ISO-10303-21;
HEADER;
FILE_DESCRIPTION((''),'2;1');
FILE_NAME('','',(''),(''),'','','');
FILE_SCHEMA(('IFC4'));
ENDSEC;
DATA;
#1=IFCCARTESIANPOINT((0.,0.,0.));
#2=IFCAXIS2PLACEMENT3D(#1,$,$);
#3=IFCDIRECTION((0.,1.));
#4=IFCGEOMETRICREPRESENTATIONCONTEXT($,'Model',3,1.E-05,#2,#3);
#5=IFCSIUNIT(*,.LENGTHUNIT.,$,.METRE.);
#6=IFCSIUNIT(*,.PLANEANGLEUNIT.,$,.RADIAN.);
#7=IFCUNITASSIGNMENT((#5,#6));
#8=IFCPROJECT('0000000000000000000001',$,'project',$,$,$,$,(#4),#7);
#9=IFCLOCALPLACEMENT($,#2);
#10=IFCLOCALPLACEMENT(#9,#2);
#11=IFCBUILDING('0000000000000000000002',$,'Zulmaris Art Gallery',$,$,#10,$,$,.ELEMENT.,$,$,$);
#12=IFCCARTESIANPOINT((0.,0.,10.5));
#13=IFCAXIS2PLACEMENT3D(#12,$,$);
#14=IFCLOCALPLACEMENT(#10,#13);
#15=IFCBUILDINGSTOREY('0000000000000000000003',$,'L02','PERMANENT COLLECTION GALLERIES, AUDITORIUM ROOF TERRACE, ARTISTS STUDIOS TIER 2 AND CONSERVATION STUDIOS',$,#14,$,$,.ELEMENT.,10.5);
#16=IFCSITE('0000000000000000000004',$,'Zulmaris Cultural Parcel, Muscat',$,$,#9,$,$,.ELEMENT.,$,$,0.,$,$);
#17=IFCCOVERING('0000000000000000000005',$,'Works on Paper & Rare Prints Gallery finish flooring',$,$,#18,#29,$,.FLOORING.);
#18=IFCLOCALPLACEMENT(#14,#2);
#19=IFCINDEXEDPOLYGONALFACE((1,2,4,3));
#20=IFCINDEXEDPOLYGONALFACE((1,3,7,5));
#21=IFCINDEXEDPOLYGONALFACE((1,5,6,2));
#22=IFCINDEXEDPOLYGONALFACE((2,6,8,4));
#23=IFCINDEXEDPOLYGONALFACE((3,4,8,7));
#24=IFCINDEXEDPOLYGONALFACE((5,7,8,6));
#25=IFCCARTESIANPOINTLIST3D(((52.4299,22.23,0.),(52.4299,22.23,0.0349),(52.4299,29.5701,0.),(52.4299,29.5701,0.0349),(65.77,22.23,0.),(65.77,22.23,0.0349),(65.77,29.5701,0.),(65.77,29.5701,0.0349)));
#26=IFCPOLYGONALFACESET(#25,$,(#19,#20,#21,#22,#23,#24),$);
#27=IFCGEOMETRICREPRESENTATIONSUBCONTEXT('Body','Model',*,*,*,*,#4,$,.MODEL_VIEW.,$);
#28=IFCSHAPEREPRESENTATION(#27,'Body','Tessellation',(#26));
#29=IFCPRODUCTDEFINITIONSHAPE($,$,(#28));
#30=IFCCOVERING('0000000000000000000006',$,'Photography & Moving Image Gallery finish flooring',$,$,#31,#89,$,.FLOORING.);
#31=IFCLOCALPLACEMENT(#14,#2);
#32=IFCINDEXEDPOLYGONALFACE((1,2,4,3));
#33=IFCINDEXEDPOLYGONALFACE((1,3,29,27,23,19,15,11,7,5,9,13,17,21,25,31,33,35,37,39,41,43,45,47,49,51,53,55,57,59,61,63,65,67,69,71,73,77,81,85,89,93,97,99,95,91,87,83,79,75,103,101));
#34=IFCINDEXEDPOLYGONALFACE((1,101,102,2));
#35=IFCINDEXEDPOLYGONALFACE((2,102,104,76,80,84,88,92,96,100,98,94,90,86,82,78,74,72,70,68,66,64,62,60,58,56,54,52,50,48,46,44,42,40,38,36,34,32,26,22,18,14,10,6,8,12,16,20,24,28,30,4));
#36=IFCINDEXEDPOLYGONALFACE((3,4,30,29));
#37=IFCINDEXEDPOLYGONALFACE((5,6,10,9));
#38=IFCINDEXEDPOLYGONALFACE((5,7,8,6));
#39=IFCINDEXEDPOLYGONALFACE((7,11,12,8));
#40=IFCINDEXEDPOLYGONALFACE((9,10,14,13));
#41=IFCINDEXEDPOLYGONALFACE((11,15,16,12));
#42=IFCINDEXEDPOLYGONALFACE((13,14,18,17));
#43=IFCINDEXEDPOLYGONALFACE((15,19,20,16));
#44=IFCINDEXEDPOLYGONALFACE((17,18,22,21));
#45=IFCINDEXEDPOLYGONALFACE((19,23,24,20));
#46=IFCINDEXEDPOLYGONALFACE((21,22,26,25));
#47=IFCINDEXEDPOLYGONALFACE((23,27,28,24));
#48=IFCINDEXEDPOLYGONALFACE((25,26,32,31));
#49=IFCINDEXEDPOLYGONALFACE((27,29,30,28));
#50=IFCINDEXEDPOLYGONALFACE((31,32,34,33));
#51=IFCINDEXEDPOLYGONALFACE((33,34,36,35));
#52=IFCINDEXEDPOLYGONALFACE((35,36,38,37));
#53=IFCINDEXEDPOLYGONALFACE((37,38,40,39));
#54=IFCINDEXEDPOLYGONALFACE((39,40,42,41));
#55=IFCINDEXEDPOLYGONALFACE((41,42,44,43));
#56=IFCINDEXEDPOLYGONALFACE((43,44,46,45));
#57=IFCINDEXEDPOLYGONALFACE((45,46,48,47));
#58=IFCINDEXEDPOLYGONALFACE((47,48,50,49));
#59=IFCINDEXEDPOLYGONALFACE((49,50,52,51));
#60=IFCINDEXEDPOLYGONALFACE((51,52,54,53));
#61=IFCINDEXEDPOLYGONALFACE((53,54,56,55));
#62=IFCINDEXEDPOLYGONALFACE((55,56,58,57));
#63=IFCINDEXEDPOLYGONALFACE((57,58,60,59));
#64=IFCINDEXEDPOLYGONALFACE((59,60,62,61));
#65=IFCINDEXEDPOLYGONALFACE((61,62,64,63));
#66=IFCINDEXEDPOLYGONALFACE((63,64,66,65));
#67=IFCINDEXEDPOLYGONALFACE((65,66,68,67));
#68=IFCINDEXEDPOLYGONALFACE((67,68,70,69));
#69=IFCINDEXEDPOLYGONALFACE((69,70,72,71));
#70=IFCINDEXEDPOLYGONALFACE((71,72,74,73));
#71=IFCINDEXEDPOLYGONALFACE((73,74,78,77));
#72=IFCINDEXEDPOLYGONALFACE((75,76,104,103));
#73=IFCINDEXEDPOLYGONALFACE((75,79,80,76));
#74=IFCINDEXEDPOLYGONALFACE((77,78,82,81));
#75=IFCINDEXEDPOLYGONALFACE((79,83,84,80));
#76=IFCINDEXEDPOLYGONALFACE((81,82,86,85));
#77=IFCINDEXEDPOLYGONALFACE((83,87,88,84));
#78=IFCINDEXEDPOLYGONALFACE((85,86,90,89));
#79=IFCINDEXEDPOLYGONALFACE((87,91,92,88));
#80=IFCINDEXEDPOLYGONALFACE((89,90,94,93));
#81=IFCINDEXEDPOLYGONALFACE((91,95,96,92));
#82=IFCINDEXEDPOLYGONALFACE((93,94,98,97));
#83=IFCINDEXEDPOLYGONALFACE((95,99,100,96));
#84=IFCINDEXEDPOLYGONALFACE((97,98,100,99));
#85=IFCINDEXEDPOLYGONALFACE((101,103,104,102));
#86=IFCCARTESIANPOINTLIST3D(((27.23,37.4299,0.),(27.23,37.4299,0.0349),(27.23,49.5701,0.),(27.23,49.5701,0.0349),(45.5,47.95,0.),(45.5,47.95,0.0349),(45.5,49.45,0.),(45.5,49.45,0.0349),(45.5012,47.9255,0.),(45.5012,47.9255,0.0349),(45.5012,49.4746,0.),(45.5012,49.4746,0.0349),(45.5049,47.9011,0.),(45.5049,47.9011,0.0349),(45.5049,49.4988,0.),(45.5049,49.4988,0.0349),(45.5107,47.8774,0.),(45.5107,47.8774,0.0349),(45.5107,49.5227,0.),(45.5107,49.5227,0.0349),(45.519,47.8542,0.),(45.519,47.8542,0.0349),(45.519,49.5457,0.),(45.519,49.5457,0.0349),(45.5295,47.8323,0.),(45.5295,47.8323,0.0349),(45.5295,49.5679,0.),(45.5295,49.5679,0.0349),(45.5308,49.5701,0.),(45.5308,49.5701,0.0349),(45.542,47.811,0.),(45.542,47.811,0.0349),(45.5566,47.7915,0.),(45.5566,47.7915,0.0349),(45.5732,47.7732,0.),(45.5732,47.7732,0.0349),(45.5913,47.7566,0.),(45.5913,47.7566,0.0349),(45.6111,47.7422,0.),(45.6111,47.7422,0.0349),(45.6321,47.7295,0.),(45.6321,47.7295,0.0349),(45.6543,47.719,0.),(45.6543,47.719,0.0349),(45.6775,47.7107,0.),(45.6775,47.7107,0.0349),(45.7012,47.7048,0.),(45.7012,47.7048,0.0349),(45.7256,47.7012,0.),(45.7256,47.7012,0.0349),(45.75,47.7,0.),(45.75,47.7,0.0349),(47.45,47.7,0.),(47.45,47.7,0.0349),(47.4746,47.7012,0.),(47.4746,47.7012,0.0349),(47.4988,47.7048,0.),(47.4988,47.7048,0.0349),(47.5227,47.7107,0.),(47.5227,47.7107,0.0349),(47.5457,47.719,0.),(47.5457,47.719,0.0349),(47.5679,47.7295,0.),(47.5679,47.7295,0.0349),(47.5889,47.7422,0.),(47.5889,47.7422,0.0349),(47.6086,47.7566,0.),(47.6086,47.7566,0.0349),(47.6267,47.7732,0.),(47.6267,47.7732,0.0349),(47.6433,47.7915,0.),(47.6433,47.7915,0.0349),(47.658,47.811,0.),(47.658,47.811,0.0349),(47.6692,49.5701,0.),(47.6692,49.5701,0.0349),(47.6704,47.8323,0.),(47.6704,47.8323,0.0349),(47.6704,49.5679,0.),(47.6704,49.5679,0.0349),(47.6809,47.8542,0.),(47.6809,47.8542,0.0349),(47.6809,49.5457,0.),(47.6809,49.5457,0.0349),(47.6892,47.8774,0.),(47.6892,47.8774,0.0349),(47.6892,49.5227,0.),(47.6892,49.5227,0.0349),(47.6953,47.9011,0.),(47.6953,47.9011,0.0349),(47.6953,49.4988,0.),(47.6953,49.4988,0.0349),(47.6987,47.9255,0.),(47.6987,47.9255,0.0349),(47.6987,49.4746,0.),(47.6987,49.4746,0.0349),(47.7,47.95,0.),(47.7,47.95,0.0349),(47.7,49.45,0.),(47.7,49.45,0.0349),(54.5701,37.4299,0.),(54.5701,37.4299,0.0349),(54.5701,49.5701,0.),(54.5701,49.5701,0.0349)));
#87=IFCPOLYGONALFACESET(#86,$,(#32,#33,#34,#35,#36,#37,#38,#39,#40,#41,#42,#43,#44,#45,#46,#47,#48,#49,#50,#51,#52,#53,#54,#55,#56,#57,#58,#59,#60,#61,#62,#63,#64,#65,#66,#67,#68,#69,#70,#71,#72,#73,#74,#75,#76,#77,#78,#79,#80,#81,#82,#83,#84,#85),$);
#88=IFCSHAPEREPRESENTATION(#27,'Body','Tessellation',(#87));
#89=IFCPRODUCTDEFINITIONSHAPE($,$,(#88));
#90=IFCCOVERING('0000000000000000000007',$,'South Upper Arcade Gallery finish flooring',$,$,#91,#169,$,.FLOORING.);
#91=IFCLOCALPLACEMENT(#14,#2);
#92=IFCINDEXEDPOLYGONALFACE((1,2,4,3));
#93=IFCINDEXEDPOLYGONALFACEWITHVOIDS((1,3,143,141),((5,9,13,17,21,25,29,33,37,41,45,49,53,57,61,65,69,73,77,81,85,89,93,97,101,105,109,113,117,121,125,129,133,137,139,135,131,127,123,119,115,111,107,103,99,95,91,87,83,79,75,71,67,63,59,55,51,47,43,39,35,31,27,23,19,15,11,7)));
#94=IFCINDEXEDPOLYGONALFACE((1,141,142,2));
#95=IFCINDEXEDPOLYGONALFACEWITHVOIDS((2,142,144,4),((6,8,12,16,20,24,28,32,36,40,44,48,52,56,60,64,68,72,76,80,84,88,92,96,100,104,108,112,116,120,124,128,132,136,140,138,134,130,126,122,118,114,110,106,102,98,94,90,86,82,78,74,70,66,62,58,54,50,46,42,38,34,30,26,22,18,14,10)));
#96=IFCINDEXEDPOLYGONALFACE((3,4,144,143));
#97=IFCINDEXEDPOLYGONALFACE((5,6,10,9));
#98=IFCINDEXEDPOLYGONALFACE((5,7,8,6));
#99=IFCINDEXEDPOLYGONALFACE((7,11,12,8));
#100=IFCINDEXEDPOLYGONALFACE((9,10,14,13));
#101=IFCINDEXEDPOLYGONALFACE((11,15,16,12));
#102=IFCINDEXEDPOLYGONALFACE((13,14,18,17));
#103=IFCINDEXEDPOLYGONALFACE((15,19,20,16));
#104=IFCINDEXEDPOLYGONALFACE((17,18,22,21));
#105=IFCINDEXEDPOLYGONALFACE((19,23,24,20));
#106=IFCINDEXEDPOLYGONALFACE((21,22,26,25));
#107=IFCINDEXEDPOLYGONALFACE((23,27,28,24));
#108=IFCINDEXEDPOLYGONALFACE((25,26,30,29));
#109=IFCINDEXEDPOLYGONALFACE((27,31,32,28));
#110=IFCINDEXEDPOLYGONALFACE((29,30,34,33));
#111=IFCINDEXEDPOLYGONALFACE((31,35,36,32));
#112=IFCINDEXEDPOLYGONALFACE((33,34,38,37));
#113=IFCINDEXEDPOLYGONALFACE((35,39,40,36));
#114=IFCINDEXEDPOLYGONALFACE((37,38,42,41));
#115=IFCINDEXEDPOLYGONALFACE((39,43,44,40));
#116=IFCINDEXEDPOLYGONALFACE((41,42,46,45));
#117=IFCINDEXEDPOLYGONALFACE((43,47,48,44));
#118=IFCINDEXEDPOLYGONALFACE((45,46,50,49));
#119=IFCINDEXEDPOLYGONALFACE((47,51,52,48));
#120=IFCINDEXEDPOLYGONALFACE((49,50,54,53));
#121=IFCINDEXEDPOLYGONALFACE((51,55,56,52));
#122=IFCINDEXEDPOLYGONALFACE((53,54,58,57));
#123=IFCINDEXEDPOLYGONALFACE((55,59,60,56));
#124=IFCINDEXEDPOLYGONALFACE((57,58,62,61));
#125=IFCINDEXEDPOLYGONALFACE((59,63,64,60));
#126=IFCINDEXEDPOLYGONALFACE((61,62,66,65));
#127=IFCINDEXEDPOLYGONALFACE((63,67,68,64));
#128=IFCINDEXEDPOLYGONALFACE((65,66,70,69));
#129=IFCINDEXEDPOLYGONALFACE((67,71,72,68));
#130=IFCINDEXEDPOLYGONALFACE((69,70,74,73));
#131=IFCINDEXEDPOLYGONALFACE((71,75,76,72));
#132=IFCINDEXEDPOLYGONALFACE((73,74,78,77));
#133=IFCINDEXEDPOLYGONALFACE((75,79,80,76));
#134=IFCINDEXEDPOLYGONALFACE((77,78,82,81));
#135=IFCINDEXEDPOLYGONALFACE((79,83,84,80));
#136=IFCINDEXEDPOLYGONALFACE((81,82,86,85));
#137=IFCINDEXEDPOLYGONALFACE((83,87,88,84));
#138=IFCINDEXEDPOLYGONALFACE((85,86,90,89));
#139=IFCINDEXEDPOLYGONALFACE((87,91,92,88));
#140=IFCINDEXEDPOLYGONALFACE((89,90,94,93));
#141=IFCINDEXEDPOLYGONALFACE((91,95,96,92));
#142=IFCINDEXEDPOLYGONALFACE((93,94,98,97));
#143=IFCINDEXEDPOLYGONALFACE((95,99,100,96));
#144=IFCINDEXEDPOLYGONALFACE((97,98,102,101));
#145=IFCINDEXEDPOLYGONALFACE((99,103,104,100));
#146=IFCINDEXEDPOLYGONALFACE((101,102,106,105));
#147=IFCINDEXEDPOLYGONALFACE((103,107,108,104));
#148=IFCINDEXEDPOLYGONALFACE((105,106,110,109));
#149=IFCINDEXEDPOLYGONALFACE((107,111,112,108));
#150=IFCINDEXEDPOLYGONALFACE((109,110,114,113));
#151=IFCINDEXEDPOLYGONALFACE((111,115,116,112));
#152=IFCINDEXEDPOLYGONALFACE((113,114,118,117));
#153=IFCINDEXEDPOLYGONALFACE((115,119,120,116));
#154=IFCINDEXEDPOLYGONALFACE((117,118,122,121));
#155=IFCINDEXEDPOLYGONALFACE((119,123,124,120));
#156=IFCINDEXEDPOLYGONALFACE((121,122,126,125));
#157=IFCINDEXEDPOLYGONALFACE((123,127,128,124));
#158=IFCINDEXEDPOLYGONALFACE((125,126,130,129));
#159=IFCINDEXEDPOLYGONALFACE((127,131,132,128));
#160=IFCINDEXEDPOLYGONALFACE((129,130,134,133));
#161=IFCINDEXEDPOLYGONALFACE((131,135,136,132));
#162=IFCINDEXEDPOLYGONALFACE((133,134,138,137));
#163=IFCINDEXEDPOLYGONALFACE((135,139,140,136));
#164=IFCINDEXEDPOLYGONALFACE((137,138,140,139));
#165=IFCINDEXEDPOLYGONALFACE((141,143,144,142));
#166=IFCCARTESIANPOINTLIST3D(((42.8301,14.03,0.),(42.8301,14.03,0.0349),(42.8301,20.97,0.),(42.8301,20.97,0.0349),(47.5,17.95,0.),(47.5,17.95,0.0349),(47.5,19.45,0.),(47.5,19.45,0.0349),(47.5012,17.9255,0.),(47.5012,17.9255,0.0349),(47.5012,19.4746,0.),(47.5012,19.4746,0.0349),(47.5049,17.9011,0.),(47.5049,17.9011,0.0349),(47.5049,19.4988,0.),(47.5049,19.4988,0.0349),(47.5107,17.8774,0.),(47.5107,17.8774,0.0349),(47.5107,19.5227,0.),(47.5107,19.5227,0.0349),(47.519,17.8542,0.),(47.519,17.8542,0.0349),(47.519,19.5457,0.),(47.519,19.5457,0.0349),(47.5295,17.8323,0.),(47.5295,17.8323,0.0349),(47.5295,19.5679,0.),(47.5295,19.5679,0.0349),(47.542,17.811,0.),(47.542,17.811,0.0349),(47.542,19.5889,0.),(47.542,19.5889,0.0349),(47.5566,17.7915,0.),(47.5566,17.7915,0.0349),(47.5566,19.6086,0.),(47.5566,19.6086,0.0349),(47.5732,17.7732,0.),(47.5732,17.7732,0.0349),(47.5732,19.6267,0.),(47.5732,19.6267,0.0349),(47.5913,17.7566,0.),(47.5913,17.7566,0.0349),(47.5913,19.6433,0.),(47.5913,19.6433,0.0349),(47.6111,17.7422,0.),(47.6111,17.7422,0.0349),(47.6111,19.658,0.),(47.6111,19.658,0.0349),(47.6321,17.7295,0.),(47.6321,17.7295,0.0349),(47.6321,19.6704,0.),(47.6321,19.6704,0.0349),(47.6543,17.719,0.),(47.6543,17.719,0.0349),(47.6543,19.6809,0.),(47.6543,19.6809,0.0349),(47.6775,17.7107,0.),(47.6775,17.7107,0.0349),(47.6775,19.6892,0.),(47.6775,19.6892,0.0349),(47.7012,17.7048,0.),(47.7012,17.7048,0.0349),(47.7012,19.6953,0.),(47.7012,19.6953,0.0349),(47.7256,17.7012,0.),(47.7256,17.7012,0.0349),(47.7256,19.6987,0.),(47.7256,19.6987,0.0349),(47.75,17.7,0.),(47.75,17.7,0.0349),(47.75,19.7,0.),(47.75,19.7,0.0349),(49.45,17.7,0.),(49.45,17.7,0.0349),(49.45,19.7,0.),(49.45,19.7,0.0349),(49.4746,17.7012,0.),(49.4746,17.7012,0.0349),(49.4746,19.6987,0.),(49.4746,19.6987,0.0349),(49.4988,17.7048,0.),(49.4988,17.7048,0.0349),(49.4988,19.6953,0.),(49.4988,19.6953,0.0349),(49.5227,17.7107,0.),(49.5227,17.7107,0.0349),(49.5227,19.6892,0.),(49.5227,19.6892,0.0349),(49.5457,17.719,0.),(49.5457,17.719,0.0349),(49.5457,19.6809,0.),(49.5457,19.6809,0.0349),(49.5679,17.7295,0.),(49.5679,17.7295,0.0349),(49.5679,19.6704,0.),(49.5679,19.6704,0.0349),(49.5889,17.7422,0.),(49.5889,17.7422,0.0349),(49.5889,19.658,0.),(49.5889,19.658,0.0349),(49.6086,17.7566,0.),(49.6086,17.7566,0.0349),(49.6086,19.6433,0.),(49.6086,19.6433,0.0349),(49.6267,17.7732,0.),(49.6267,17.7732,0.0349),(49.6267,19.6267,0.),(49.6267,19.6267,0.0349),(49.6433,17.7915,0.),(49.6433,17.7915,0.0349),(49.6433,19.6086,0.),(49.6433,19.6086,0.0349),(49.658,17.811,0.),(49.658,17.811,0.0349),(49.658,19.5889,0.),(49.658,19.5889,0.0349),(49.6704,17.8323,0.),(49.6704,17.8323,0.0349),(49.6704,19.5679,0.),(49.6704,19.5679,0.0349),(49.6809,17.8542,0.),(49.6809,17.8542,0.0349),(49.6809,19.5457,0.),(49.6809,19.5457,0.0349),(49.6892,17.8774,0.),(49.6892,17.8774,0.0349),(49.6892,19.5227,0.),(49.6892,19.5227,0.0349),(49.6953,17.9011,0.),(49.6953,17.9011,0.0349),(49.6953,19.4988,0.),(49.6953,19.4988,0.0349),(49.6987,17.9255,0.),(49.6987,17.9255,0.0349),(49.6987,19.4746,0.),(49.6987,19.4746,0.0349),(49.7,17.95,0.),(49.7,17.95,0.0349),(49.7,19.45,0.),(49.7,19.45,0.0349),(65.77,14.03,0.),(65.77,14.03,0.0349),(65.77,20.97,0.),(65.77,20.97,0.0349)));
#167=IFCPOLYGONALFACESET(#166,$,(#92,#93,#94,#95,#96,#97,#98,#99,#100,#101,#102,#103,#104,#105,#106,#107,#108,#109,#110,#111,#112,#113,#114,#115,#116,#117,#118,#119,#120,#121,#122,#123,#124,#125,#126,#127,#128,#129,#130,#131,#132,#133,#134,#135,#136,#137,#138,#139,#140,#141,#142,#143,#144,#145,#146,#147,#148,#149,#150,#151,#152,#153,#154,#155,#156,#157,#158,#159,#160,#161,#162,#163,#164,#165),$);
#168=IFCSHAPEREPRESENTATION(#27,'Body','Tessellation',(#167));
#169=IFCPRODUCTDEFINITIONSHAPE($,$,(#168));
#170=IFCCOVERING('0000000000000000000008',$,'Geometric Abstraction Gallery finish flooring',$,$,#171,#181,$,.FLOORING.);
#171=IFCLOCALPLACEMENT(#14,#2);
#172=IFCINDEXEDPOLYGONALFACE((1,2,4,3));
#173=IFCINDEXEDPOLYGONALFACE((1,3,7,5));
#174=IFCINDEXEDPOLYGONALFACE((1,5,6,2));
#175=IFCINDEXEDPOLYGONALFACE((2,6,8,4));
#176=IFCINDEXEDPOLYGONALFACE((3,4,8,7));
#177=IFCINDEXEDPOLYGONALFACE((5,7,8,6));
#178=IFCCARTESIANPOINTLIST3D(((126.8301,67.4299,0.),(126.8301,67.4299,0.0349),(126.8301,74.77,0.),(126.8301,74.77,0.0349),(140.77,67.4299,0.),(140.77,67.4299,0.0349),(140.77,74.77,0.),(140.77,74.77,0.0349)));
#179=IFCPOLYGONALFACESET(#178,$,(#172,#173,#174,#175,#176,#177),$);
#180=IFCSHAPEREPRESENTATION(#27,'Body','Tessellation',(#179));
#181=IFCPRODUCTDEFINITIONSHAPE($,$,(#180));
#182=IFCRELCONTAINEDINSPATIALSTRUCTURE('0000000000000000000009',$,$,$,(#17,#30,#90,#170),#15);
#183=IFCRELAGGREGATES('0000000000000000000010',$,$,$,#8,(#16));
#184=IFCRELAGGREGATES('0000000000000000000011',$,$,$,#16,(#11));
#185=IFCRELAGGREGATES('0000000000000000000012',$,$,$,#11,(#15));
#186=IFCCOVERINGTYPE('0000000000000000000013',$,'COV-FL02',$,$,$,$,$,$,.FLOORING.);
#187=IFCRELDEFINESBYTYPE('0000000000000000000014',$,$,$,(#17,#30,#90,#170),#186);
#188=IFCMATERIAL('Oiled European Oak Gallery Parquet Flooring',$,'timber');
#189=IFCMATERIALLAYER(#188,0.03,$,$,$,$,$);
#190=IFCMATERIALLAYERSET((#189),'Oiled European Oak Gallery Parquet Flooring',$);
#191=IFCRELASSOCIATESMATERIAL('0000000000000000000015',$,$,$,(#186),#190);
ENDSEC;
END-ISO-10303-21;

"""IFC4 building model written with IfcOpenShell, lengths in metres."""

from ifc_helpers import new_model, si_unit, direction, frame, origin, place, context, subcontext, project, spatial, polyline, outline, extrude, material, layer, layer_set, type_object, element, save


model = new_model("IFC4")

# Units and contexts
model_context = context("Model", 3, precision=1e-05, world=origin(), true_north=direction((0.0, 1.0)))
body_context = subcontext(model_context, "Body", "Model", "MODEL_VIEW")
ifc_project = project(units=[si_unit("LENGTHUNIT", "METRE"), si_unit("PLANEANGLEUNIT", "RADIAN")], contexts=[model_context])

# Site, building, storey
site_placement = place(None, origin())
site = spatial("IfcSite", under=ifc_project, at=site_placement, Name="Zulmaris Cultural Parcel, Muscat", CompositionType="ELEMENT", RefElevation=0.0)
building_placement = place(site_placement, origin())
building = spatial("IfcBuilding", under=site, at=building_placement, Name="Zulmaris Art Gallery", CompositionType="ELEMENT")
storey_placement = place(building_placement, frame((0.0, 0.0, 10.5)))
storey = spatial("IfcBuildingStorey", under=building, at=storey_placement, Name="L02", Description="PERMANENT COLLECTION GALLERIES, AUDITORIUM ROOF TERRACE, ARTISTS STUDIOS TIER 2 AND CONSERVATION STUDIOS", CompositionType="ELEMENT", Elevation=10.5)

# Coverings
ifc_material_1 = material(Name="Oiled European Oak Gallery Parquet Flooring", Category="timber")
ifc_layer_1 = layer(ifc_material_1, 0.03)
ifc_layer_set_1 = layer_set([ifc_layer_1], Name="Oiled European Oak Gallery Parquet Flooring")
covering_type_1 = type_object("IfcCoveringType", Name="COV-FL02", PredefinedType="FLOORING", material=ifc_layer_set_1)
covering_1_placement = place(storey_placement, origin())
element("IfcCovering", 1, at=covering_1_placement, inside=storey, type_object=covering_type_1, Name="Works on Paper & Rare Prints Gallery finish flooring", PredefinedType="FLOORING", context=body_context, shape_type="SweptSolid", body=[
    extrude(outline(polyline([(65.77, 22.23), (52.4299, 22.23), (52.4299, 29.5701), (65.77, 29.5701), (65.77, 22.23)])), origin(), (0.0, 0.0, 1.0), 0.0349),
])
covering_2_placement = place(storey_placement, origin())
element("IfcCovering", 2, at=covering_2_placement, inside=storey, type_object=covering_type_1, Name="Photography & Moving Image Gallery finish flooring", PredefinedType="FLOORING", context=body_context, shape_type="SweptSolid", body=[
    extrude(outline(polyline([(45.5012, 47.9255), (45.5049, 47.9011), (45.5107, 47.8774), (45.519, 47.8542), (45.5295, 47.8323), (45.542, 47.811), (45.5566, 47.7915), (45.5732, 47.7732), (45.5913, 47.7566), (45.6111, 47.7422), (45.6321, 47.7295), (45.6543, 47.719), (45.6775, 47.7107), (45.7012, 47.7048), (45.7256, 47.7012), (45.75, 47.7), (47.45, 47.7), (47.4746, 47.7012), (47.4988, 47.7048), (47.5227, 47.7107), (47.5457, 47.719), (47.5679, 47.7295), (47.5889, 47.7422), (47.6086, 47.7566), (47.6267, 47.7732), (47.6433, 47.7915), (47.658, 47.811), (47.6704, 47.8323), (47.6809, 47.8542), (47.6892, 47.8774), (47.6953, 47.9011), (47.6987, 47.9255), (47.7, 47.95), (47.7, 49.45), (47.6987, 49.4746), (47.6953, 49.4988), (47.6892, 49.5227), (47.6809, 49.5457), (47.6704, 49.5679), (47.6692, 49.5701), (54.5701, 49.5701), (54.5701, 37.4299), (27.23, 37.4299), (27.23, 49.5701), (45.5308, 49.5701), (45.5295, 49.5679), (45.519, 49.5457), (45.5107, 49.5227), (45.5049, 49.4988), (45.5012, 49.4746), (45.5, 49.45), (45.5, 47.95), (45.5012, 47.9255)])), origin(), (0.0, 0.0, 1.0), 0.0349),
])
covering_3_placement = place(storey_placement, origin())
element("IfcCovering", 3, at=covering_3_placement, inside=storey, type_object=covering_type_1, Name="South Upper Arcade Gallery finish flooring", PredefinedType="FLOORING", context=body_context, shape_type="SweptSolid", body=[
    extrude(outline(polyline([(65.77, 14.03), (42.8301, 14.03), (42.8301, 20.97), (65.77, 20.97), (65.77, 14.03)]), holes=[polyline([(47.5012, 17.9255), (47.5049, 17.9011), (47.5107, 17.8774), (47.519, 17.8542), (47.5295, 17.8323), (47.542, 17.811), (47.5566, 17.7915), (47.5732, 17.7732), (47.5913, 17.7566), (47.6111, 17.7422), (47.6321, 17.7295), (47.6543, 17.719), (47.6775, 17.7107), (47.7012, 17.7048), (47.7256, 17.7012), (47.75, 17.7), (49.45, 17.7), (49.4746, 17.7012), (49.4988, 17.7048), (49.5227, 17.7107), (49.5457, 17.719), (49.5679, 17.7295), (49.5889, 17.7422), (49.6086, 17.7566), (49.6267, 17.7732), (49.6433, 17.7915), (49.658, 17.811), (49.6704, 17.8323), (49.6809, 17.8542), (49.6892, 17.8774), (49.6953, 17.9011), (49.6987, 17.9255), (49.7, 17.95), (49.7, 19.45), (49.6987, 19.4746), (49.6953, 19.4988), (49.6892, 19.5227), (49.6809, 19.5457), (49.6704, 19.5679), (49.658, 19.5889), (49.6433, 19.6086), (49.6267, 19.6267), (49.6086, 19.6433), (49.5889, 19.658), (49.5679, 19.6704), (49.5457, 19.6809), (49.5227, 19.6892), (49.4988, 19.6953), (49.4746, 19.6987), (49.45, 19.7), (47.75, 19.7), (47.7256, 19.6987), (47.7012, 19.6953), (47.6775, 19.6892), (47.6543, 19.6809), (47.6321, 19.6704), (47.6111, 19.658), (47.5913, 19.6433), (47.5732, 19.6267), (47.5566, 19.6086), (47.542, 19.5889), (47.5295, 19.5679), (47.519, 19.5457), (47.5107, 19.5227), (47.5049, 19.4988), (47.5012, 19.4746), (47.5, 19.45), (47.5, 17.95), (47.5012, 17.9255)])]), origin(), (0.0, 0.0, 1.0), 0.0349),
])
covering_4_placement = place(storey_placement, origin())
element("IfcCovering", 4, at=covering_4_placement, inside=storey, type_object=covering_type_1, Name="Geometric Abstraction Gallery finish flooring", PredefinedType="FLOORING", context=body_context, shape_type="SweptSolid", body=[
    extrude(outline(polyline([(140.77, 67.4299), (126.8301, 67.4299), (126.8301, 74.77), (140.77, 74.77), (140.77, 67.4299)])), origin(), (0.0, 0.0, 1.0), 0.0349),
])

save(model, "model.ifc")
